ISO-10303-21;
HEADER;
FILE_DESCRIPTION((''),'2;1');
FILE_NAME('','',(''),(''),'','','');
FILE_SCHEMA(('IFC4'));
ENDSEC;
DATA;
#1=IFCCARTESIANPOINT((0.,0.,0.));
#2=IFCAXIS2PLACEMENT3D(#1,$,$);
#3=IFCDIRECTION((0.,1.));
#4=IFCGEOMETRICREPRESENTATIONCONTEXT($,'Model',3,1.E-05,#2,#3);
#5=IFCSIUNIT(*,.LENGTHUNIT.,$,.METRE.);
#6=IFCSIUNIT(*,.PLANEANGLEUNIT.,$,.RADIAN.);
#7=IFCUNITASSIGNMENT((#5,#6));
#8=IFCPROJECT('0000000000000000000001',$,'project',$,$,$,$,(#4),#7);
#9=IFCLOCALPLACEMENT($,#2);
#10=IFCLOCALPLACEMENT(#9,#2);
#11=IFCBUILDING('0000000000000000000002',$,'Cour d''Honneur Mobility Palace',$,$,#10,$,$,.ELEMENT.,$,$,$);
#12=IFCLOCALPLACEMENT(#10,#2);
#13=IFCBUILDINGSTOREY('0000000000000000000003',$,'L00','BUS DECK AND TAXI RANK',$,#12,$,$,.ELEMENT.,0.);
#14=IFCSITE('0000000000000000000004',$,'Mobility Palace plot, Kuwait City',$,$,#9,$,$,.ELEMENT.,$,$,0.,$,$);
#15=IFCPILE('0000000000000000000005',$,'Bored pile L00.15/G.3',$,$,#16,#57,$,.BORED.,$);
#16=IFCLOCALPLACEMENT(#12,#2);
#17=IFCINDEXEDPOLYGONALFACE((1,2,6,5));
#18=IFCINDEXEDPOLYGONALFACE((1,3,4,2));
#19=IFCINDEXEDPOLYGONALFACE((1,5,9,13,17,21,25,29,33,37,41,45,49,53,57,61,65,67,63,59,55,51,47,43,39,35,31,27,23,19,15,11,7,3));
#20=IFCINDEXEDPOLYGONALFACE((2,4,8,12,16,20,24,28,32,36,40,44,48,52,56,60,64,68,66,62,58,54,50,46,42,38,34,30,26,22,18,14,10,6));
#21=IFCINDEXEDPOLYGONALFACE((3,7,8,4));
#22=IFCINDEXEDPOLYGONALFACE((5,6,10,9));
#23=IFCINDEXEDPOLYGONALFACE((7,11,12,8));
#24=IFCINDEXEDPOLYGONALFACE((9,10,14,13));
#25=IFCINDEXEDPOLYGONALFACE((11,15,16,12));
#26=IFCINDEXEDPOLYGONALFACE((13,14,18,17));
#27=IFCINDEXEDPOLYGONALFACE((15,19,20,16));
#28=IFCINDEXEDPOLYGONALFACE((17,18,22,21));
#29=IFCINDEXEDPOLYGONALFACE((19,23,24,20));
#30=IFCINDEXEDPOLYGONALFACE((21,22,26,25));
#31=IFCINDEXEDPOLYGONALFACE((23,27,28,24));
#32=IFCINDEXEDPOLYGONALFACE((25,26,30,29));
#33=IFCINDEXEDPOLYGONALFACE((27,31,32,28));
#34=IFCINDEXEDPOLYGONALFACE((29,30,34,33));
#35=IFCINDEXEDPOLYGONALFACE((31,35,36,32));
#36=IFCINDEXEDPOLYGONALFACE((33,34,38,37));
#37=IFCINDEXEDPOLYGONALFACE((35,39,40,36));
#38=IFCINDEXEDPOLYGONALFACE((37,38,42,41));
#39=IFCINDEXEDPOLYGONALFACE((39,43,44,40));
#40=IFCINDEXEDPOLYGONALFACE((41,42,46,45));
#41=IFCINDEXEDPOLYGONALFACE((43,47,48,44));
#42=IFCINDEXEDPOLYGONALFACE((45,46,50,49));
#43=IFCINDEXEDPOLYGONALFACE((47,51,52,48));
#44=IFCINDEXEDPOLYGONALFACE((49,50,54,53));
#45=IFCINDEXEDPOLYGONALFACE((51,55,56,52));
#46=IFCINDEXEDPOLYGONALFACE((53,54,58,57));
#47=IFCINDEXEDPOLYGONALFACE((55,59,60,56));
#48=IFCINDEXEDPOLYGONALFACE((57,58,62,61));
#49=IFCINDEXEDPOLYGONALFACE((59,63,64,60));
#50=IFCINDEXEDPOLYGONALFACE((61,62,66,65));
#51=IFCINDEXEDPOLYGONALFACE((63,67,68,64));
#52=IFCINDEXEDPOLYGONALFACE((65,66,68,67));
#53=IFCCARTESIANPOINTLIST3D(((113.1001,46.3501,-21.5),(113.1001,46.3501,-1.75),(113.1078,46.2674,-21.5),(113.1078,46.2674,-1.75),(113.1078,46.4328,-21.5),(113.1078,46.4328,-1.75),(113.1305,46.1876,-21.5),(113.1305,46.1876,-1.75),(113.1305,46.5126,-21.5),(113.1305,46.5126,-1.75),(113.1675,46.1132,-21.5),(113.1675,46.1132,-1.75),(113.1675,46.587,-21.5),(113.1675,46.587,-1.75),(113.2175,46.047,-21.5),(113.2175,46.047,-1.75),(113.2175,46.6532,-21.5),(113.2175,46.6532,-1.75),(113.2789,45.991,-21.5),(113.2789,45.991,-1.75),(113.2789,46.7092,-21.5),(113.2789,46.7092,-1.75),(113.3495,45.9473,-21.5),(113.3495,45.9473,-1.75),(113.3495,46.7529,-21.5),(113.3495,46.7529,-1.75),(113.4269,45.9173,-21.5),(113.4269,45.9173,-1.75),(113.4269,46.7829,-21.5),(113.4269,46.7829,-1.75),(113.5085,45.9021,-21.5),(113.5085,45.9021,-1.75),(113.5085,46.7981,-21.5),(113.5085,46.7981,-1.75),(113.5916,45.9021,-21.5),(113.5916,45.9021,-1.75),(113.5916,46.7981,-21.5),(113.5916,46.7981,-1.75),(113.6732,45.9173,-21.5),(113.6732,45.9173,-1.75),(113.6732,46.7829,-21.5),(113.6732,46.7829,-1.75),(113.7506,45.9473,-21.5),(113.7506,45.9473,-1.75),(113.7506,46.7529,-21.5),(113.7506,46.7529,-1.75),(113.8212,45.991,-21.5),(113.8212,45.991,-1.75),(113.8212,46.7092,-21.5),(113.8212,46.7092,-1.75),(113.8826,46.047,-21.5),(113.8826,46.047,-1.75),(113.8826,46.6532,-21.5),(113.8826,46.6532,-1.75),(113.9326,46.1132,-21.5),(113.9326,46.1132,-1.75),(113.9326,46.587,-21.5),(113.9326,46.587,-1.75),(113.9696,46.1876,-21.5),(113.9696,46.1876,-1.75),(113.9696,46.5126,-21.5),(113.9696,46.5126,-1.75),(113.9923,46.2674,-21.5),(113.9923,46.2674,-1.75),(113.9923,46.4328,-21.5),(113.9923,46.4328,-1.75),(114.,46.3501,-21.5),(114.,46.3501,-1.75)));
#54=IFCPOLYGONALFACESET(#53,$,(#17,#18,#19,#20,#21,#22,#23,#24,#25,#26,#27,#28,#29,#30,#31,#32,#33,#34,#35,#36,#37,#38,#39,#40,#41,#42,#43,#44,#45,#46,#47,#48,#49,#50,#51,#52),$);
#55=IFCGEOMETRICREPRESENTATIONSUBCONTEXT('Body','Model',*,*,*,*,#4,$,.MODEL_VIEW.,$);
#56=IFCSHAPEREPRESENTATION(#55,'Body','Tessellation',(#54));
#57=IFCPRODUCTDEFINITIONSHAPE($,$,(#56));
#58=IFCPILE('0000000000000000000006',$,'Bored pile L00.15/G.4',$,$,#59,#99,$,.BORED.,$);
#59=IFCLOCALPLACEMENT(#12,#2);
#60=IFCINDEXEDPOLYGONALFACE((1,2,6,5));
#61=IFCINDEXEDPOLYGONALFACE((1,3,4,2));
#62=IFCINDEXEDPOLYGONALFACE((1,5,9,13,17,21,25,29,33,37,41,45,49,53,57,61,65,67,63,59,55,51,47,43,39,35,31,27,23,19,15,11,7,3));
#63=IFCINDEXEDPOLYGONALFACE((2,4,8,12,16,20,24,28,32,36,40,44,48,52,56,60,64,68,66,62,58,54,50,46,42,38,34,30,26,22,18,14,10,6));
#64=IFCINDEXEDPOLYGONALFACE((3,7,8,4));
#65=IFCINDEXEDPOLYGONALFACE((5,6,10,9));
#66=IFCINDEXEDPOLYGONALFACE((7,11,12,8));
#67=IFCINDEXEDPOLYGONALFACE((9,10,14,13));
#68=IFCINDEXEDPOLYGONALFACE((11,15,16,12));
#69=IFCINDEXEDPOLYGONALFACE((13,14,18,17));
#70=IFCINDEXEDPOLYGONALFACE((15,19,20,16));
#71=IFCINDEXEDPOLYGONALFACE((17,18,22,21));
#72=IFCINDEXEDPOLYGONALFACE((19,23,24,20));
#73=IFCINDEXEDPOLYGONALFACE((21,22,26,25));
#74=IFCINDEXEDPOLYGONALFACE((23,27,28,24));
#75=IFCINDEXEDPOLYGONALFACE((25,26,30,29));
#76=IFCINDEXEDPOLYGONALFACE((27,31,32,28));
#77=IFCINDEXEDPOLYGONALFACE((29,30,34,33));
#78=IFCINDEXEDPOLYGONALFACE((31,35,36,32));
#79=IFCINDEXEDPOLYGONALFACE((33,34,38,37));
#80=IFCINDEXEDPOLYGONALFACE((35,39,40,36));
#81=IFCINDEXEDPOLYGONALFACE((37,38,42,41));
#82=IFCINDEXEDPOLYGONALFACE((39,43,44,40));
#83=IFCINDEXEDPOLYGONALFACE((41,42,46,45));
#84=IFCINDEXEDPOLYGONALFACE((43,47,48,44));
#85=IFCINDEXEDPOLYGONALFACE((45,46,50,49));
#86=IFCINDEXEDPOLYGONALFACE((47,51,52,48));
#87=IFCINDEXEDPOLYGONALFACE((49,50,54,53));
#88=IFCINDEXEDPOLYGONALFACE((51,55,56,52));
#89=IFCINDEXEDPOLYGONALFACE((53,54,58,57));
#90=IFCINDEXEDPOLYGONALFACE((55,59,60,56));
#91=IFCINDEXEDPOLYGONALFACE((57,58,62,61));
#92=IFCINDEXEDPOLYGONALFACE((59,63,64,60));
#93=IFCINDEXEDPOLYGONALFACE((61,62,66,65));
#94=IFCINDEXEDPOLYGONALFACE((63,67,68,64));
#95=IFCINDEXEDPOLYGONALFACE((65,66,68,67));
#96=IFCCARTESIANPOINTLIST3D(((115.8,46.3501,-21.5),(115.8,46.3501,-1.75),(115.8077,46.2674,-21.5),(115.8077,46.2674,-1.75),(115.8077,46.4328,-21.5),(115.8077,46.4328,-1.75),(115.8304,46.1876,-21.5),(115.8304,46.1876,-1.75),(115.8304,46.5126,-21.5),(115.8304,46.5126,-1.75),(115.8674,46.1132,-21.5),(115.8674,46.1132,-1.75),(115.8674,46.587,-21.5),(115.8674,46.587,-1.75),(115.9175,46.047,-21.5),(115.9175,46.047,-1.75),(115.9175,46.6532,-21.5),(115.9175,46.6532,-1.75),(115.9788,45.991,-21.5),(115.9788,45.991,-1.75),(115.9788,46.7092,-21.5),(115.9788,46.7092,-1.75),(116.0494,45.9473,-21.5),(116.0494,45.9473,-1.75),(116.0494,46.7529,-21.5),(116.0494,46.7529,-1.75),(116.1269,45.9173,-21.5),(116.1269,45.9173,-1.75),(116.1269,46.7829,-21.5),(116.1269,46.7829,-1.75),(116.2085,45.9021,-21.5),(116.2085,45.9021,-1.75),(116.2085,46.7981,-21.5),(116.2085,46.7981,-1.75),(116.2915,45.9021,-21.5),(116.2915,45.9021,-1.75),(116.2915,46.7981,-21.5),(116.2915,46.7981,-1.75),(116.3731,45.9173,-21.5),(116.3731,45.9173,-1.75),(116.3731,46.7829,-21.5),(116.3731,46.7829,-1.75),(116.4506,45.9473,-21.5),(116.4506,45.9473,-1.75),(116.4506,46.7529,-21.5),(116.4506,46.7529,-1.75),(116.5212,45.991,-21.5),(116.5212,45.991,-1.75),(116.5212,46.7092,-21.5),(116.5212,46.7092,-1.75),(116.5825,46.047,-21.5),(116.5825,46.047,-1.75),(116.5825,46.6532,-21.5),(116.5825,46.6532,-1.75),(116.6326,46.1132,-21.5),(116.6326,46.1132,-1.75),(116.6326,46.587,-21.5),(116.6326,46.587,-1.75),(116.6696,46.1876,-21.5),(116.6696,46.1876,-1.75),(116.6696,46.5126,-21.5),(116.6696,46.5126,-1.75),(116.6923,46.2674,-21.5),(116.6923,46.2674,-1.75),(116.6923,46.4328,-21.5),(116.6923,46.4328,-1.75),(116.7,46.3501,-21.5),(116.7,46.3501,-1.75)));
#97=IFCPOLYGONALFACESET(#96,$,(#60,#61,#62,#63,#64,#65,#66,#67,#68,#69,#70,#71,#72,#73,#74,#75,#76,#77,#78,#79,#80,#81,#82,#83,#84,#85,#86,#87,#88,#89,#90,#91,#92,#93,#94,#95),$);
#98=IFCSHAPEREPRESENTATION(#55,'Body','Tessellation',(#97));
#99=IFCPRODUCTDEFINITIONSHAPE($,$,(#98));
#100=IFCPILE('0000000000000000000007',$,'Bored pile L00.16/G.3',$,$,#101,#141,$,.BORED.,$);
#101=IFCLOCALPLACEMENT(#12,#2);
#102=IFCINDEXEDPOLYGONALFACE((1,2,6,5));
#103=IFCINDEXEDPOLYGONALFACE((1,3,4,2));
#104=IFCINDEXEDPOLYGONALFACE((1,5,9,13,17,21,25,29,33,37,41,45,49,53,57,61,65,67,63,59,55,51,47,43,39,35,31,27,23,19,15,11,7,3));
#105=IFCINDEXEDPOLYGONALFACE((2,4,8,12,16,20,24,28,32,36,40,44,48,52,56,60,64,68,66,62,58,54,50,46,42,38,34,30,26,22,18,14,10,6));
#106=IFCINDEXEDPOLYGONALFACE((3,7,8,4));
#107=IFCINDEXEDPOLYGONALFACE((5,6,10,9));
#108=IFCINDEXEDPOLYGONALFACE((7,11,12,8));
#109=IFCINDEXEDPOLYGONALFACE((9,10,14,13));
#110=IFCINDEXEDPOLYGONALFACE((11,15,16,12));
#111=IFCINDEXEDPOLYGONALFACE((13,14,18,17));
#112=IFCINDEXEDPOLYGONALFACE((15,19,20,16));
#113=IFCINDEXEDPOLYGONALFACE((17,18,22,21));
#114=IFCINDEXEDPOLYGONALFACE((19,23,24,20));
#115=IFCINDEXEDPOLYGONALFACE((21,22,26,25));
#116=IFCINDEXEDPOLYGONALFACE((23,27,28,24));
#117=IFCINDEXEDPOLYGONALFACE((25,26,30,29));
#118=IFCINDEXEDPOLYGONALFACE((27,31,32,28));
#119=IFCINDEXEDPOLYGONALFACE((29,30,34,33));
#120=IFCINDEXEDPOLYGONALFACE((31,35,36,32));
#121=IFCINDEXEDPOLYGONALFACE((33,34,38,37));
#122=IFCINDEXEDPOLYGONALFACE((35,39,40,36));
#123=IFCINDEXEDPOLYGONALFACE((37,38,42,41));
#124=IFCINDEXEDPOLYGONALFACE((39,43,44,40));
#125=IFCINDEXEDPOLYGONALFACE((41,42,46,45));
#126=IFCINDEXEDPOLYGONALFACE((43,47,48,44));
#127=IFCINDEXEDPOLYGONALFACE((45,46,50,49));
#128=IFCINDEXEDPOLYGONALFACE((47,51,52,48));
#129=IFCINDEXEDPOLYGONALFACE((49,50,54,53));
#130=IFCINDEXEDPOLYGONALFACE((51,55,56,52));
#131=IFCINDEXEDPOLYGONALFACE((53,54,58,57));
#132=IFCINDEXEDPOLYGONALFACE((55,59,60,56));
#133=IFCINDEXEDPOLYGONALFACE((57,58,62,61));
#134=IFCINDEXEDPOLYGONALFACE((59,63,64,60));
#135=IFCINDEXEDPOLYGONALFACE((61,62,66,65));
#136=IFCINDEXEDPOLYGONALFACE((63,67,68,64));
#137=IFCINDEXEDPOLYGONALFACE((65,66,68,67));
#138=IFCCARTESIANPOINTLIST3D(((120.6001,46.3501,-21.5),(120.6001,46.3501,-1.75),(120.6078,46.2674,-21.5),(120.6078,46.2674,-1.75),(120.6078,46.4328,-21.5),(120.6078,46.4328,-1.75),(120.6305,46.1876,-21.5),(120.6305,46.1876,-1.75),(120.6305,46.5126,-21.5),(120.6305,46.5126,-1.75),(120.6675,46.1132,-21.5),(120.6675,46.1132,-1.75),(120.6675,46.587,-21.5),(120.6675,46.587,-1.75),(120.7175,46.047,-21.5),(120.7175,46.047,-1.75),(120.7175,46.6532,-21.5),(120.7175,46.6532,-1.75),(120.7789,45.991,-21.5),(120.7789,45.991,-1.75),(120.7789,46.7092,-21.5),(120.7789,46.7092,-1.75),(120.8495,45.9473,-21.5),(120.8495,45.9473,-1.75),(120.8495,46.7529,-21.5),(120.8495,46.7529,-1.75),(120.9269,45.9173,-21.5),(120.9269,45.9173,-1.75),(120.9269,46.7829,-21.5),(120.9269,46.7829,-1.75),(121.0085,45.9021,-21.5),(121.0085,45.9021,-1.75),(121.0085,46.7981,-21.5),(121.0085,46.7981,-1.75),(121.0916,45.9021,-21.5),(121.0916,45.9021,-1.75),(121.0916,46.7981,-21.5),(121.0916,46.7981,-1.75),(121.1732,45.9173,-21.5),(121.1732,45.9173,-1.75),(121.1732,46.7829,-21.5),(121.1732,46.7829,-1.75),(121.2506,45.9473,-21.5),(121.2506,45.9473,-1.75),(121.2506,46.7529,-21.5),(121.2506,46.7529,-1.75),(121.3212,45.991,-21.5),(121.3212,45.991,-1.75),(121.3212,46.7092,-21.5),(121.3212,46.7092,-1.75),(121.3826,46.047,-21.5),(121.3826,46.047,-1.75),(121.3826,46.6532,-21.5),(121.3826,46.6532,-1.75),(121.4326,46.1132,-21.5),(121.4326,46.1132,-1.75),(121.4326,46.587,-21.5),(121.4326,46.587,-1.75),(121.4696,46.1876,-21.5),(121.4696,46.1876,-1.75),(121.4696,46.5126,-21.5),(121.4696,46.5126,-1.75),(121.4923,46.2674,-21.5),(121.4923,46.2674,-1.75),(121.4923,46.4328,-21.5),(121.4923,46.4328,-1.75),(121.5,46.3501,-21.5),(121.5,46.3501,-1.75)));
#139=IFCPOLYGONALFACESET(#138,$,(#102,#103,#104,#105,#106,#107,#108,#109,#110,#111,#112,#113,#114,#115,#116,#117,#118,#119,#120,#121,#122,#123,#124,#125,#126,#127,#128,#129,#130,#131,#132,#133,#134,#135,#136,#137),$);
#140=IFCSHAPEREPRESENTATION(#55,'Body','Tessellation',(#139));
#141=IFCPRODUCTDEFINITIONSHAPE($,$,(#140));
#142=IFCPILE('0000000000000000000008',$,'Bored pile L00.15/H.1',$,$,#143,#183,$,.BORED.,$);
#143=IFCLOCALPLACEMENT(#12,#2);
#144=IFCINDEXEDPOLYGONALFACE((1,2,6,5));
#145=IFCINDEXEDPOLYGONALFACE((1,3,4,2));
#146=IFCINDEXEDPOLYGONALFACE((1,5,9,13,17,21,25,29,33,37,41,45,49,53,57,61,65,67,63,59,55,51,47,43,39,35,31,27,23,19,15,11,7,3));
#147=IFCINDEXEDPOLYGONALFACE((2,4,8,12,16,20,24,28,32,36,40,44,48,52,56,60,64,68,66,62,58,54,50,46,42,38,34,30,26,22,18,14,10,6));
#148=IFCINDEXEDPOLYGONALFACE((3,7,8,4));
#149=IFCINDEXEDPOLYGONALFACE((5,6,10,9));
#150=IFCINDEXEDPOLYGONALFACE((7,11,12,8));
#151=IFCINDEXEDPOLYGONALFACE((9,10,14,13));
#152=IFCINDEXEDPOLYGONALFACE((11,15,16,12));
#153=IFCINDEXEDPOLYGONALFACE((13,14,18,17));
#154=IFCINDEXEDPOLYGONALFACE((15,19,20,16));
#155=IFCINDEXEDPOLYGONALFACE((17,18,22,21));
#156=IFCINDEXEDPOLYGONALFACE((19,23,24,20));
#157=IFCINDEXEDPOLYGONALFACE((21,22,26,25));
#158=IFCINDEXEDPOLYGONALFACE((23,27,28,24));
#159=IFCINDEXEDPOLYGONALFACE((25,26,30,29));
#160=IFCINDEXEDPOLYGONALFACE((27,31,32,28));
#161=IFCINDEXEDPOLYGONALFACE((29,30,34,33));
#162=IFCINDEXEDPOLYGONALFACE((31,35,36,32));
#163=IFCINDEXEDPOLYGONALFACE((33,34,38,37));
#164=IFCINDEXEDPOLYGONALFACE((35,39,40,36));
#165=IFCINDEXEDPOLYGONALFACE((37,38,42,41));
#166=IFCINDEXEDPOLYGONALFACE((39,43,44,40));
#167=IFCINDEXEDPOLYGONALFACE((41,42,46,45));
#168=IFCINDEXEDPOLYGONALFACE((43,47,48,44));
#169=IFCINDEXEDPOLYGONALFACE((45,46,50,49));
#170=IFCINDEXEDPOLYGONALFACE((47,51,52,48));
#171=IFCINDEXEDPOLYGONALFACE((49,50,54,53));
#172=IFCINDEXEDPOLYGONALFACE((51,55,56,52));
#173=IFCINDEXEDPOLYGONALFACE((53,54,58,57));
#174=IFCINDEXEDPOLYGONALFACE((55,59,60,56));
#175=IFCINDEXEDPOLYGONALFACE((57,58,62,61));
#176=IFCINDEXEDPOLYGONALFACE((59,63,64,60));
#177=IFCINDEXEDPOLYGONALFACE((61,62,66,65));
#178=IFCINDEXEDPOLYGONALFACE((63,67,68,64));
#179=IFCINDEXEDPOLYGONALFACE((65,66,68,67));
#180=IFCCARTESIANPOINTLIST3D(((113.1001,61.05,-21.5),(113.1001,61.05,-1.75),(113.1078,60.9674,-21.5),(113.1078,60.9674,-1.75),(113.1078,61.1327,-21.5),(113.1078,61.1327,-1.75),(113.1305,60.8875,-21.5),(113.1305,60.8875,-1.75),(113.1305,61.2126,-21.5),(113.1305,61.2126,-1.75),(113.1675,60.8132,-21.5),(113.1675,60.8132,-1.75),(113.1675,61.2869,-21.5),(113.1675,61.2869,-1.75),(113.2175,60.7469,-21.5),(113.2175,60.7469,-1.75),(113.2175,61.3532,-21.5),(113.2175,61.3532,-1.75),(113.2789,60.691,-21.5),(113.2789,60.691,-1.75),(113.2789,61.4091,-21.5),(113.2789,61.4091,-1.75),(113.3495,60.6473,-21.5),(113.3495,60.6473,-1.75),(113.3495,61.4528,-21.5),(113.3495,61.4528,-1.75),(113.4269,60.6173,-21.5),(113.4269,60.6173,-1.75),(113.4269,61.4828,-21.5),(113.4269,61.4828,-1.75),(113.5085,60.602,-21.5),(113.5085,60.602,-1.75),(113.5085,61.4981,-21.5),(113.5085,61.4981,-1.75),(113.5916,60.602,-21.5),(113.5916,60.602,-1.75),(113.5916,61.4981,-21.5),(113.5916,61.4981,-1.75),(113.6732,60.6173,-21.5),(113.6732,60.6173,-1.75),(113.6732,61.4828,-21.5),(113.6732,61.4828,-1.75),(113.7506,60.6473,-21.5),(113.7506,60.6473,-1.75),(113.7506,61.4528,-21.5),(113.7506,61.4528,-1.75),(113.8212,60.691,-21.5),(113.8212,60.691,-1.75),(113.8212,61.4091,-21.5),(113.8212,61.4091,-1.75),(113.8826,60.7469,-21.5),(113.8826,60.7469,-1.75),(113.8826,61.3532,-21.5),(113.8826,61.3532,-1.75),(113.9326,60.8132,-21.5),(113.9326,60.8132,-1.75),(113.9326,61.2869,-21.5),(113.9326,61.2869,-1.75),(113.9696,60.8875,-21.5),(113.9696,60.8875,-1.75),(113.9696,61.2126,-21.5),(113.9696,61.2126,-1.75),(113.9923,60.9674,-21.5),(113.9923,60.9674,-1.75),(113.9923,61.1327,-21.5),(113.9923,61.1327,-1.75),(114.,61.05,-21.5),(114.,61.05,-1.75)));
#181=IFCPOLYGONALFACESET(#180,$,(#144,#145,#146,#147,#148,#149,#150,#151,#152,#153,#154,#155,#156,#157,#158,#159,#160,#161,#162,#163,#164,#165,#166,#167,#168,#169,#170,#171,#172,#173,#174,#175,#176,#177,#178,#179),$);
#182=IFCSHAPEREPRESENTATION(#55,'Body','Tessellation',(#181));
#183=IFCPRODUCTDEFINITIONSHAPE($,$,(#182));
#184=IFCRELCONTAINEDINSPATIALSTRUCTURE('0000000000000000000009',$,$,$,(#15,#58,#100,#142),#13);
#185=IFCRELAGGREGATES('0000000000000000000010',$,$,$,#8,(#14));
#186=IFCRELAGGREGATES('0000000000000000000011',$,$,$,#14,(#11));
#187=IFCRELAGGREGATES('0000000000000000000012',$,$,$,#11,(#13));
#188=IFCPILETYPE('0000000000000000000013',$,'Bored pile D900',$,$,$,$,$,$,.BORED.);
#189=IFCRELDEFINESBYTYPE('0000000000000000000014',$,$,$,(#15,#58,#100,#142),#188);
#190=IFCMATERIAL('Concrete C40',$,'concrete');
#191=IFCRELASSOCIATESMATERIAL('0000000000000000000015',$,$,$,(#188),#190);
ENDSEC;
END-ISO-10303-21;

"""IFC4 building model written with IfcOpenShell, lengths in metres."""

from ifc_helpers import new_model, si_unit, direction, frame, origin, origin_2d, place, context, subcontext, project, spatial, circle, extrude, material, material_profile, profile_set, type_object, element, save


model = new_model("IFC4")

# Units and contexts
model_context = context("Model", 3, precision=1e-05, world=origin(), true_north=direction((0.0, 1.0)))
body_context = subcontext(model_context, "Body", "Model", "MODEL_VIEW")
ifc_project = project(units=[si_unit("LENGTHUNIT", "METRE"), si_unit("PLANEANGLEUNIT", "RADIAN")], contexts=[model_context])

# Site, building, storey
site_placement = place(None, origin())
site = spatial("IfcSite", under=ifc_project, at=site_placement, Name="Mobility Palace plot, Kuwait City", CompositionType="ELEMENT", RefElevation=0.0)
building_placement = place(site_placement, origin())
building = spatial("IfcBuilding", under=site, at=building_placement, Name="Cour d'Honneur Mobility Palace", CompositionType="ELEMENT")
storey_placement = place(building_placement, origin())
storey = spatial("IfcBuildingStorey", under=building, at=storey_placement, Name="L00", Description="BUS DECK AND TAXI RANK", CompositionType="ELEMENT", Elevation=0.0)

# Piles
ifc_material_1 = material(Name="Concrete C40", Category="concrete")
ifc_material_profile_1 = material_profile(ifc_material_1, circle(Radius=0.45, at=origin_2d()), Name="Bored pile D900")
ifc_profile_set_1 = profile_set([ifc_material_profile_1], Name="Concrete C40")
pile_type = type_object("IfcPileType", Name="Bored pile D900", PredefinedType="BORED", material=ifc_profile_set_1)
for number, where, z_axis, x_axis, name in (
    (1, (113.55, 46.3501, -1.75), (0.0, 0.0, -1.0), (1.0, 0.0, 0.0), "Bored pile L00.15/G.3"),
    (2, (116.25, 46.3501, -1.75), (0.0, 0.0, -1.0), (1.0, 0.0, 0.0), "Bored pile L00.15/G.4"),
    (3, (121.05, 46.3501, -1.75), (0.0, 0.0, -1.0), (1.0, 0.0, 0.0), "Bored pile L00.16/G.3"),
    (4, (113.55, 61.05, -1.75), (0.0, 0.0, -1.0), (1.0, 0.0, 0.0), "Bored pile L00.15/H.1"),
):
    element("IfcPile", number, at=place(storey_placement, frame(where, z_axis=z_axis, x_axis=x_axis)), inside=storey, type_object=pile_type, Name=name, PredefinedType="BORED", context=body_context, shape_type="SweptSolid", body=[
        extrude(circle(Radius=0.45, at=origin_2d()), origin(), (0.0, 0.0, 1.0), 19.75),
    ])

save(model, "model.ifc")
